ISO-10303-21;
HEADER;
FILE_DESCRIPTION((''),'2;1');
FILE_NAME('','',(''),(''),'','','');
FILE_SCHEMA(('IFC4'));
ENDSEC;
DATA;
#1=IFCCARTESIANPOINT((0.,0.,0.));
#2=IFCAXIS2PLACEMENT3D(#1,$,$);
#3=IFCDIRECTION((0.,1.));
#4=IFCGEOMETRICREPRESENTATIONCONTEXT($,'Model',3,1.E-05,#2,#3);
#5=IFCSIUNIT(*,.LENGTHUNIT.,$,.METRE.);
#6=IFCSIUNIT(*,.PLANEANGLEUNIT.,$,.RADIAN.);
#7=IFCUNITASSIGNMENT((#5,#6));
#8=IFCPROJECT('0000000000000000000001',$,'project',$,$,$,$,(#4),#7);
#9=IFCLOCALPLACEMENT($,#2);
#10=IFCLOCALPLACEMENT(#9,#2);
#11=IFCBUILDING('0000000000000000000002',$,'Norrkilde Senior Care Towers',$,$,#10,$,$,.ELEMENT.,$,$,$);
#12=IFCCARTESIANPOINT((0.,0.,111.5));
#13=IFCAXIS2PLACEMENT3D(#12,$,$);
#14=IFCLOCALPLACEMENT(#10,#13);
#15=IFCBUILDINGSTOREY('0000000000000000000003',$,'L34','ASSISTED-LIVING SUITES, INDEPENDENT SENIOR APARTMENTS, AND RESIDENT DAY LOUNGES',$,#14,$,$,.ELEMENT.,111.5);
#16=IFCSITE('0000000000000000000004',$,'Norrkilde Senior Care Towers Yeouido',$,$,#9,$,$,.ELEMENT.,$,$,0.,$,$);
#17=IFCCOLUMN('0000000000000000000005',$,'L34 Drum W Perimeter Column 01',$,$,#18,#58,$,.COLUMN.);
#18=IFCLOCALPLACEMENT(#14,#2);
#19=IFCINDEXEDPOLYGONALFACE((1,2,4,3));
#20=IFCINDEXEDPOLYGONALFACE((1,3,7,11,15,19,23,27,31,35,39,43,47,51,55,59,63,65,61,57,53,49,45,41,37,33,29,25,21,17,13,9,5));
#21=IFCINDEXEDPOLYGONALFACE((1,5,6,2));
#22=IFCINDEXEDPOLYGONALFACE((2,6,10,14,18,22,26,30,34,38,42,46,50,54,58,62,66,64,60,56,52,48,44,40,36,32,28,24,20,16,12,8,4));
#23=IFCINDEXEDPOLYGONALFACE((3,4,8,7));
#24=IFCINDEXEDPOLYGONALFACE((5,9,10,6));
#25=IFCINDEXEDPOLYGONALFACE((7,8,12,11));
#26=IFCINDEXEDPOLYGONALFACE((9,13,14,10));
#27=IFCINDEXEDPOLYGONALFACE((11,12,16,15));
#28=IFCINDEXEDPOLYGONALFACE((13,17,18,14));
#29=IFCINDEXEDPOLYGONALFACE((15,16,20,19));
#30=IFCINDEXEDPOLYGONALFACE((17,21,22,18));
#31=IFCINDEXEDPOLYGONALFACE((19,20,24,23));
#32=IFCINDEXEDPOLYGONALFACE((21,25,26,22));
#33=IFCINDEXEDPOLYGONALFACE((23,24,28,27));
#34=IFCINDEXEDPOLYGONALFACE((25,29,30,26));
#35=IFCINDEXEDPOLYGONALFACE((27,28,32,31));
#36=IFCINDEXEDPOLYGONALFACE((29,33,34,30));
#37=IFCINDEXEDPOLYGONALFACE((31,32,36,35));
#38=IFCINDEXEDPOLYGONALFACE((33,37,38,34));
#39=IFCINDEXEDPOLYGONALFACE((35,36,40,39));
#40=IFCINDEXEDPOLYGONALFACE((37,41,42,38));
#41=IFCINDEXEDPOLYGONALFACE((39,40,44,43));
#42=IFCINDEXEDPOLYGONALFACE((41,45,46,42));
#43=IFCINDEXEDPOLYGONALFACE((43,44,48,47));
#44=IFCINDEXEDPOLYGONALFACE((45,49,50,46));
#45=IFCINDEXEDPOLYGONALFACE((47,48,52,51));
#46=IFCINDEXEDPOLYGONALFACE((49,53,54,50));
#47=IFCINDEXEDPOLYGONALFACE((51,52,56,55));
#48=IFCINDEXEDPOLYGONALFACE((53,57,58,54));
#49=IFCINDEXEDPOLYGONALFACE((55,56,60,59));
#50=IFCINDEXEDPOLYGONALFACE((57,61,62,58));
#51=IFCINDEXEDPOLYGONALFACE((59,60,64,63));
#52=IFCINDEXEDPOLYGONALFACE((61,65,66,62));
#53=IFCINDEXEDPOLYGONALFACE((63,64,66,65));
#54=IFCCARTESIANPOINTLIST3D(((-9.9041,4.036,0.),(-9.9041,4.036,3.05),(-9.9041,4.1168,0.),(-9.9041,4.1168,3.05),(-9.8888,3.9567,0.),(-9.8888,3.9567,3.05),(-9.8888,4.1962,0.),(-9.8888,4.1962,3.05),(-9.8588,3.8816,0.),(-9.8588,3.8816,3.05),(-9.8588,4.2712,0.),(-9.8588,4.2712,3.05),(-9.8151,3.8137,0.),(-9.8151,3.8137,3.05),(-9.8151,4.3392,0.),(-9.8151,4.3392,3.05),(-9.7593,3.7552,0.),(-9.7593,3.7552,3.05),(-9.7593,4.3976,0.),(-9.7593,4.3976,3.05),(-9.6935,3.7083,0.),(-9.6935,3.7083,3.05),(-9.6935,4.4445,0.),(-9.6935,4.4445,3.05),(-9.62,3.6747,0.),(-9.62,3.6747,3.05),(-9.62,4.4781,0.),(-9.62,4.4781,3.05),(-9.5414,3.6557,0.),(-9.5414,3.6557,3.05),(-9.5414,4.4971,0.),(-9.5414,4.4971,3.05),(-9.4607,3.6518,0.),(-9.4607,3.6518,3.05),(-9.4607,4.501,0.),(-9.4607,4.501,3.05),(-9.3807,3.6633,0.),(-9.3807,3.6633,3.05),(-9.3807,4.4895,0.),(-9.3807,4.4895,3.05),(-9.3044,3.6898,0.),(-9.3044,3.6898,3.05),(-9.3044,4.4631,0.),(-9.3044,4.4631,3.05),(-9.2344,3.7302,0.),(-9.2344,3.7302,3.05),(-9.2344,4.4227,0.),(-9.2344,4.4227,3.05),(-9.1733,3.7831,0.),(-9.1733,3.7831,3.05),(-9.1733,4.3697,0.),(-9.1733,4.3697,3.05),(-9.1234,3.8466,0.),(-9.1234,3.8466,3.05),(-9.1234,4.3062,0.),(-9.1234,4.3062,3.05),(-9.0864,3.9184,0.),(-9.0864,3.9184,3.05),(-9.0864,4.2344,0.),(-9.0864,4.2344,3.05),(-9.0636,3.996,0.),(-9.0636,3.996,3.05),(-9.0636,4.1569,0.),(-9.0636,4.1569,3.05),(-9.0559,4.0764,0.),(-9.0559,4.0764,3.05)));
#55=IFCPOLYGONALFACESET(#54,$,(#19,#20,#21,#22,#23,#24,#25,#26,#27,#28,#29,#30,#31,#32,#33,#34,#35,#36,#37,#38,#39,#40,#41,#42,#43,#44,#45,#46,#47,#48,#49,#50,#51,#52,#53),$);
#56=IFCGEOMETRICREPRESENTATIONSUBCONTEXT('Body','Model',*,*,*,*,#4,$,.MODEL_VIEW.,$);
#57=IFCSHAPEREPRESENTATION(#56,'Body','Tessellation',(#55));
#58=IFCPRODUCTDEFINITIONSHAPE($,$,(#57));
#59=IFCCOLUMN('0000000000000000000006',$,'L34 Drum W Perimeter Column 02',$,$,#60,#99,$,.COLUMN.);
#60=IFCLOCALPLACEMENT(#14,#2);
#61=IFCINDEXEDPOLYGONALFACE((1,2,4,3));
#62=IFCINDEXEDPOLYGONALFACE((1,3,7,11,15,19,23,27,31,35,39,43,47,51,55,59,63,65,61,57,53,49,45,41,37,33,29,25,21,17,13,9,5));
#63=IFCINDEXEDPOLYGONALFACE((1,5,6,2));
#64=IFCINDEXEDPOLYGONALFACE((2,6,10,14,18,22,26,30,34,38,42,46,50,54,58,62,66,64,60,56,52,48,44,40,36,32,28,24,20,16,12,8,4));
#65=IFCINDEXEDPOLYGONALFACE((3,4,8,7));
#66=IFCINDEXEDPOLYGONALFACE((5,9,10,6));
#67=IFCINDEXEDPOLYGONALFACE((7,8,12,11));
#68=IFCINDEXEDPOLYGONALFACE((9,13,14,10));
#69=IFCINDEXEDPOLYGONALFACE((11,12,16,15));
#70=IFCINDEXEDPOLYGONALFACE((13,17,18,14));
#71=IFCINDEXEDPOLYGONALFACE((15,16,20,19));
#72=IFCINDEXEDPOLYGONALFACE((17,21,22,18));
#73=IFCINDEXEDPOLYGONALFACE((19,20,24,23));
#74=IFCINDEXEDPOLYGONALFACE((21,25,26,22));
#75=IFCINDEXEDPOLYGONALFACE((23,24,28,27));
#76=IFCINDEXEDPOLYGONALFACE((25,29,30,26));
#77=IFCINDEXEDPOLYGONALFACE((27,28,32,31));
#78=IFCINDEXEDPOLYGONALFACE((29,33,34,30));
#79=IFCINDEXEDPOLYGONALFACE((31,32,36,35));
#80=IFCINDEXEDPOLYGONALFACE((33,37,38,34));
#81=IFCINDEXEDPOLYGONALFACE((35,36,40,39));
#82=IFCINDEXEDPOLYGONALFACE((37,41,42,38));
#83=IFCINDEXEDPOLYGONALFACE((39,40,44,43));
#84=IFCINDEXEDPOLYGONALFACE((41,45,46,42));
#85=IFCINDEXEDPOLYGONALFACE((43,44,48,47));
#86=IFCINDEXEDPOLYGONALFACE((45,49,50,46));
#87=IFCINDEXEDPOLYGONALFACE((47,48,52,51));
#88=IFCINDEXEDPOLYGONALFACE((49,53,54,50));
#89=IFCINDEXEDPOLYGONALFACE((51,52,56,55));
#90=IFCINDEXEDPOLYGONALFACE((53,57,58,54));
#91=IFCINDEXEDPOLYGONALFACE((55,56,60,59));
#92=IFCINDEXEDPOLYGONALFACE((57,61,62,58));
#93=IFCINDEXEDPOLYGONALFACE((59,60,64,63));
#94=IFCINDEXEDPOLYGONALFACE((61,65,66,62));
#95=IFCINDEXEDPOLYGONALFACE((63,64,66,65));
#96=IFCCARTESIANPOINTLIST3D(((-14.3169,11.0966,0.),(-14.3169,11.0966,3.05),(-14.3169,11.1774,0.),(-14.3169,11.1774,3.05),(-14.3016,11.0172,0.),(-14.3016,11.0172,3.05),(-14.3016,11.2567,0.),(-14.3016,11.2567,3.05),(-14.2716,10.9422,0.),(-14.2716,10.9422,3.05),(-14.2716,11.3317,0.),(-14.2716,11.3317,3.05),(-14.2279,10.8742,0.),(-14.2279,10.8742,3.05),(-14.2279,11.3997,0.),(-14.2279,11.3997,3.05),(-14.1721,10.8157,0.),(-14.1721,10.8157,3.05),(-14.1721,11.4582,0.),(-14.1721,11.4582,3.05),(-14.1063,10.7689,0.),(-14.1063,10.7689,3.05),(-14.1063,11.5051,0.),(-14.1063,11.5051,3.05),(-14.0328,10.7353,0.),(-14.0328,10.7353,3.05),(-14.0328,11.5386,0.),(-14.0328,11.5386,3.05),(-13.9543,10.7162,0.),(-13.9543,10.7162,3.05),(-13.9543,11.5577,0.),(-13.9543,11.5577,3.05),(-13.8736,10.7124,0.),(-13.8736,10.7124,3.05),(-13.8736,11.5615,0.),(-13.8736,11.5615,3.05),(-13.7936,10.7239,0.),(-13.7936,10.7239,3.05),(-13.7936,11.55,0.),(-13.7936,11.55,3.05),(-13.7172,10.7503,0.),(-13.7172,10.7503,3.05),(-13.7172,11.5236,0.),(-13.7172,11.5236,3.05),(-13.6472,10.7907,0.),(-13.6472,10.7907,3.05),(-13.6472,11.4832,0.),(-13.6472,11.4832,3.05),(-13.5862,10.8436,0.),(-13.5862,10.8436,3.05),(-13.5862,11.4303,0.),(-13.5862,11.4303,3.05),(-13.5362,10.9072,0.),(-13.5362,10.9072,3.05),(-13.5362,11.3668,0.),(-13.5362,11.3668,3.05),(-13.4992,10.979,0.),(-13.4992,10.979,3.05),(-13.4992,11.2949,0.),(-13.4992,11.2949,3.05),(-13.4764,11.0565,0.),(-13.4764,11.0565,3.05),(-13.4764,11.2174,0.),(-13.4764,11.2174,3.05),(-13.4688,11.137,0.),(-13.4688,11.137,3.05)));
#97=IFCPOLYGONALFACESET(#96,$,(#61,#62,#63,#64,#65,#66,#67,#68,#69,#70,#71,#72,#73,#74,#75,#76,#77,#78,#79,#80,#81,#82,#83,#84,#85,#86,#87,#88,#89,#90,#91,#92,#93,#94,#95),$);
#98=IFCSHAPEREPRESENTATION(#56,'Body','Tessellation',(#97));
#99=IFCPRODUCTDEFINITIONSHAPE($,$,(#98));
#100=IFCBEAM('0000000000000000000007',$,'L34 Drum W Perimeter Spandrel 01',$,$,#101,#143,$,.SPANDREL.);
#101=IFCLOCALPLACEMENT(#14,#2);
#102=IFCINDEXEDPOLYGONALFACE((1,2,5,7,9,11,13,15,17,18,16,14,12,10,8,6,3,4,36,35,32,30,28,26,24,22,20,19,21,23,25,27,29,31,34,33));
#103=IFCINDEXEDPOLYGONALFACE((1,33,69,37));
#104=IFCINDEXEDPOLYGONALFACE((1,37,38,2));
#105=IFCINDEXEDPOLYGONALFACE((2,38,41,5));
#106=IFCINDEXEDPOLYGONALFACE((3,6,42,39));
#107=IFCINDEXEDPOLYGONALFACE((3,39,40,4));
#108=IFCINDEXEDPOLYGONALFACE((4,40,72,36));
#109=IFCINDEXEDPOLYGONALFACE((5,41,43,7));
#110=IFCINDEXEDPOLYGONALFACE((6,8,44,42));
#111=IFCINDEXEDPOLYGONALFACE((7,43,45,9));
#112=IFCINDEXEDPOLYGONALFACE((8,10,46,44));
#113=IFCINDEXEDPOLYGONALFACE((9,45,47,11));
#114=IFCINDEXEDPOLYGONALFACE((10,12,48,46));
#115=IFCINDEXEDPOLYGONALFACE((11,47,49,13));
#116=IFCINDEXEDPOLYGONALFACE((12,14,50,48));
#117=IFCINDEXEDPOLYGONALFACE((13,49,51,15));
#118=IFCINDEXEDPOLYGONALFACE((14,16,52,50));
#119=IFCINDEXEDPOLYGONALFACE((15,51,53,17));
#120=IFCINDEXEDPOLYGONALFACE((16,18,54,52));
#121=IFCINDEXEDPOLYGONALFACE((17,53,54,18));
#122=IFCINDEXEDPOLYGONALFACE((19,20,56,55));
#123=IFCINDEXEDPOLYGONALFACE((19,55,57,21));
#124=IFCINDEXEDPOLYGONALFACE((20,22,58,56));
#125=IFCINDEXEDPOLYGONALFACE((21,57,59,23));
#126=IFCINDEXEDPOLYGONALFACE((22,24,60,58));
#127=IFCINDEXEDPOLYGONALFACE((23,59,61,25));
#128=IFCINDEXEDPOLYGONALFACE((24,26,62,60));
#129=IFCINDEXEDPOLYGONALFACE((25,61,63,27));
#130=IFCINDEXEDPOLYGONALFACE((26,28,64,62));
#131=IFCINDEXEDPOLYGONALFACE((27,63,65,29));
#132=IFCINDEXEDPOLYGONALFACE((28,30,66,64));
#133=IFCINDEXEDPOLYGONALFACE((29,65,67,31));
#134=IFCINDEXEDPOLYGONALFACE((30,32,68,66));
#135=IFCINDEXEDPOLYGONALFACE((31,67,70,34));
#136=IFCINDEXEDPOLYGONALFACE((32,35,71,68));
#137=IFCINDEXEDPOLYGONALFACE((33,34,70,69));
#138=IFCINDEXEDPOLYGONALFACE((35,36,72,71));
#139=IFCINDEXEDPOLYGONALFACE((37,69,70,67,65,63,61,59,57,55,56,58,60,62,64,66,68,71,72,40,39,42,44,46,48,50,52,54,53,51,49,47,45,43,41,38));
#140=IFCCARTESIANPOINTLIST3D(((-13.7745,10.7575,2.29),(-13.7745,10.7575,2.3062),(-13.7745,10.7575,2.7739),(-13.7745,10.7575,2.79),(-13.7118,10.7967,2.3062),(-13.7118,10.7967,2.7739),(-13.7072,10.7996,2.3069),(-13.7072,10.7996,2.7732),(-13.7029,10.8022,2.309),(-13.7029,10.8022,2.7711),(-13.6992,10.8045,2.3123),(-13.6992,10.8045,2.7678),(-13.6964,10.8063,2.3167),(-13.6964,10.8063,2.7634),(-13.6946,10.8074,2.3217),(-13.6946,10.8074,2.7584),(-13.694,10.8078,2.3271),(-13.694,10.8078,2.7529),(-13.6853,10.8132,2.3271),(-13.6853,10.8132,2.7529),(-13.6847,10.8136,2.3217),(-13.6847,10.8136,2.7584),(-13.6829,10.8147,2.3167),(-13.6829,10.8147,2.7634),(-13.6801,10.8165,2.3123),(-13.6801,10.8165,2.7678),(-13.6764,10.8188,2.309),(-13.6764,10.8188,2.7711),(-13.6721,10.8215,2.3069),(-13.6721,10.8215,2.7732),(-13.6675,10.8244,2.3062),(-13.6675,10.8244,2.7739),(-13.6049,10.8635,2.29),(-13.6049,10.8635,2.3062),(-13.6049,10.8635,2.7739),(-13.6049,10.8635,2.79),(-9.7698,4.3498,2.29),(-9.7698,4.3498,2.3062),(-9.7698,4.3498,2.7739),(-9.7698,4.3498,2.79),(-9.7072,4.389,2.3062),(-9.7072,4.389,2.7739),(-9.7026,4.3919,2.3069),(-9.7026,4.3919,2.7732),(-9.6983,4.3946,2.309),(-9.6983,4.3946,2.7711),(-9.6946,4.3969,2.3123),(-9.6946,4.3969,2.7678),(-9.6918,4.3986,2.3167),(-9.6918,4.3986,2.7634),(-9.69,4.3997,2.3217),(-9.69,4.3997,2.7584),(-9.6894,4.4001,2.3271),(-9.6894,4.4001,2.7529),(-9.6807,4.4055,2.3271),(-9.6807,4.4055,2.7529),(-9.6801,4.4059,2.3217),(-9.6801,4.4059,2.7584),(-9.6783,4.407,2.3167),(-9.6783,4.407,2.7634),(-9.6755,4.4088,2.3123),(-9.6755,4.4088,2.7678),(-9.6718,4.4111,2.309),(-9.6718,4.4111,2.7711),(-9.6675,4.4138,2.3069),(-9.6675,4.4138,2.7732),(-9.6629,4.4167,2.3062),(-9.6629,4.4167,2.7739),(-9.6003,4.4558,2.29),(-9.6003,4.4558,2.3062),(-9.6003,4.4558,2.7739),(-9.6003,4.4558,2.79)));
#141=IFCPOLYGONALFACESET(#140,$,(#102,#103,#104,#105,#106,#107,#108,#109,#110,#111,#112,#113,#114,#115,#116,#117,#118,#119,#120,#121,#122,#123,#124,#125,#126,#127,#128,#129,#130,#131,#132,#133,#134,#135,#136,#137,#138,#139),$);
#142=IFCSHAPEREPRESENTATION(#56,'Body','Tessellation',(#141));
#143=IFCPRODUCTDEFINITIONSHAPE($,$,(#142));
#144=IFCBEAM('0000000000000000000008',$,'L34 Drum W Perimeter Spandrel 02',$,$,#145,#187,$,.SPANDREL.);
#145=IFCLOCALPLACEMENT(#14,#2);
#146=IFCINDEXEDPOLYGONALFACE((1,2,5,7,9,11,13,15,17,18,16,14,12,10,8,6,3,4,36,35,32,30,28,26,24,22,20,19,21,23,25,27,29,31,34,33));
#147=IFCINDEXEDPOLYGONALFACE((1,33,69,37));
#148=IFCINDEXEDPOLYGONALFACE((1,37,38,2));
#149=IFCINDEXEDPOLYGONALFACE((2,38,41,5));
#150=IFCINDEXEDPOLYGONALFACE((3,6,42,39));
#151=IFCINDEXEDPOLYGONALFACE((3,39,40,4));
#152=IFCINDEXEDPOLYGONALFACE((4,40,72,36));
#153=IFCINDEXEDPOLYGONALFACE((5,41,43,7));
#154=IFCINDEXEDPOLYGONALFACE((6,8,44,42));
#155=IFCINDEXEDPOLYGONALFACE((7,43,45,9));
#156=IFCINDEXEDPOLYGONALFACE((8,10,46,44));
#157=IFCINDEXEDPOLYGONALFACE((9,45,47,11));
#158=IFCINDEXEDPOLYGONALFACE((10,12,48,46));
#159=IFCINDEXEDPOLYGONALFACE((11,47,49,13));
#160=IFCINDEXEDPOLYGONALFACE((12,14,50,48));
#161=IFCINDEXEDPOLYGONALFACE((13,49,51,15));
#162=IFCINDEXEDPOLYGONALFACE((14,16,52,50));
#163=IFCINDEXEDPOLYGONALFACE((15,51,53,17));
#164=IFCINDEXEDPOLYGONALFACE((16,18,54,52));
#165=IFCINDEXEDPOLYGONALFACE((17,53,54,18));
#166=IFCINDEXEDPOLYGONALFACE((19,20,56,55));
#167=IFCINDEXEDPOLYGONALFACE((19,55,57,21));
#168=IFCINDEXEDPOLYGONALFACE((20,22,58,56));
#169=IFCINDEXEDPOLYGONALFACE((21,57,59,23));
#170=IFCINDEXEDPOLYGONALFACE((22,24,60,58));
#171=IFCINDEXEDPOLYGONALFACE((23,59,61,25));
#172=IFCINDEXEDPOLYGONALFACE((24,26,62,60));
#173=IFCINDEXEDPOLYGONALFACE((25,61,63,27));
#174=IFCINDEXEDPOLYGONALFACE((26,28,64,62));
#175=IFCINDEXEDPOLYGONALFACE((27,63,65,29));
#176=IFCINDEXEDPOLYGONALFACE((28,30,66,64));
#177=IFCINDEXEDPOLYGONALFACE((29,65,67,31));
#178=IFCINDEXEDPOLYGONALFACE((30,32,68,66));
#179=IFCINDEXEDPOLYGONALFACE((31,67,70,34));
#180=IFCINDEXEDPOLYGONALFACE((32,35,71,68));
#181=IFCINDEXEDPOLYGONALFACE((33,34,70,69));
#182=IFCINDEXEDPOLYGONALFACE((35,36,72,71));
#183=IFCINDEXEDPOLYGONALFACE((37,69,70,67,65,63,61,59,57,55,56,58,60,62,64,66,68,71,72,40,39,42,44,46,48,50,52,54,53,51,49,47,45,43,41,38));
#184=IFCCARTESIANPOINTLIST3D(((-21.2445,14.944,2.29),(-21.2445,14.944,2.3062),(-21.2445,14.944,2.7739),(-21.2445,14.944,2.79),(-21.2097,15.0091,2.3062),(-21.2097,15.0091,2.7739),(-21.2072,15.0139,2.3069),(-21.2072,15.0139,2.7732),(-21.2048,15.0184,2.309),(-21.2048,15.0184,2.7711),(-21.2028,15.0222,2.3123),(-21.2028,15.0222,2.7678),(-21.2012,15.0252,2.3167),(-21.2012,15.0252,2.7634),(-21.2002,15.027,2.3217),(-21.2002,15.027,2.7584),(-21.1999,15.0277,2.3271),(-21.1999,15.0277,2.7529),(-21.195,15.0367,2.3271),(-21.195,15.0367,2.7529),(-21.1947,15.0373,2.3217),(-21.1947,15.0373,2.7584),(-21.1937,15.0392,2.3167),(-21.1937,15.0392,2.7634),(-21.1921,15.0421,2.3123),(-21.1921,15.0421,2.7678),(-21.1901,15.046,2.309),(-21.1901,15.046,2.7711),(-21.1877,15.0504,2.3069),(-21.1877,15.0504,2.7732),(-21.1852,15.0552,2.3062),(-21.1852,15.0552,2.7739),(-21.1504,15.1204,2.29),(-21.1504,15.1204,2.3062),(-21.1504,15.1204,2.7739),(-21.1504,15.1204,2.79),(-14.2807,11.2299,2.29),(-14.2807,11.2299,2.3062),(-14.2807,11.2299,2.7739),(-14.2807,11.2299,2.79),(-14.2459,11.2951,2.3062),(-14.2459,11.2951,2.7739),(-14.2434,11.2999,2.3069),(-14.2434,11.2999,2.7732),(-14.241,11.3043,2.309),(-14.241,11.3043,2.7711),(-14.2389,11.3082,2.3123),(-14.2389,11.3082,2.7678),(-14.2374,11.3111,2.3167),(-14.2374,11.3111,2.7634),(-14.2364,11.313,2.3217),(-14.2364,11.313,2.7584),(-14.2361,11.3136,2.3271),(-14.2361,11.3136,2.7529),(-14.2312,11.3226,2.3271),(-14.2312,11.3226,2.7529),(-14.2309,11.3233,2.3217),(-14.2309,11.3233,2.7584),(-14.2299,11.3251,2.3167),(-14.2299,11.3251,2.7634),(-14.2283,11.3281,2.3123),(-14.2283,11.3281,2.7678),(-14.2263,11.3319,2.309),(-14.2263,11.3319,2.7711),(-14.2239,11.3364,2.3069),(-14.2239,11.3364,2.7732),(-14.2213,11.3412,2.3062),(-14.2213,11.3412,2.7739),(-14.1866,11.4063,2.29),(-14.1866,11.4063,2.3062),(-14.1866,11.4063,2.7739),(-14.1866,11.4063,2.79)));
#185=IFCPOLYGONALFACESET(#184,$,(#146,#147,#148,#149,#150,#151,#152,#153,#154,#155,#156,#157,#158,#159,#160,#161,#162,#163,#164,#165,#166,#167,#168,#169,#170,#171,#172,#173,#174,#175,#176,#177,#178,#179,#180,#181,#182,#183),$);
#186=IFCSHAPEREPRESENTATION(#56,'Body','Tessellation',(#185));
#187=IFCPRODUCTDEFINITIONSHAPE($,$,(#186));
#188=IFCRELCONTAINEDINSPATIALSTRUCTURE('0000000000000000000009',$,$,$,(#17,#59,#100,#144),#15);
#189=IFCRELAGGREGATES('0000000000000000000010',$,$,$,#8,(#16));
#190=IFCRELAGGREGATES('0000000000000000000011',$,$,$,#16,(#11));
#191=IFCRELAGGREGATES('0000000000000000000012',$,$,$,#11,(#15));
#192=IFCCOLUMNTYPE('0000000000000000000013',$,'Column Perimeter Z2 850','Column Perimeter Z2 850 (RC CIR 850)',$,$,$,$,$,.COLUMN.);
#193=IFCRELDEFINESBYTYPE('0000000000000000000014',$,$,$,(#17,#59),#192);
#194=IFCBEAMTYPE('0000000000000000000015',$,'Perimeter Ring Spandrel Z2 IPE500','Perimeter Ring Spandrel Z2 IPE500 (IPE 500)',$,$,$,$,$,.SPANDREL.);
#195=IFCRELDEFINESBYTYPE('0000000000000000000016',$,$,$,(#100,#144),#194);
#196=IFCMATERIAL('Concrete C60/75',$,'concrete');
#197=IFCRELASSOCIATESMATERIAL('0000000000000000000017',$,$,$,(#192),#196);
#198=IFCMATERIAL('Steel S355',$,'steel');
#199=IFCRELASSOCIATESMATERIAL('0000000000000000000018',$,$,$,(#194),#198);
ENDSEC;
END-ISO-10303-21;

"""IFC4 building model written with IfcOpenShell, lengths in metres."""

from ifc_helpers import new_model, si_unit, direction, frame, origin, origin_2d, place, context, subcontext, project, spatial, circle, i_section, extrude, source, transform, mapped, material, material_profile, profile_set, type_object, type_shapes, element, save


model = new_model("IFC4")

# Units and contexts
model_context = context("Model", 3, precision=1e-05, world=origin(), true_north=direction((0.0, 1.0)))
body_context = subcontext(model_context, "Body", "Model", "MODEL_VIEW")
ifc_project = project(units=[si_unit("LENGTHUNIT", "METRE"), si_unit("PLANEANGLEUNIT", "RADIAN")], contexts=[model_context])

# Site, building, storey
site_placement = place(None, origin())
site = spatial("IfcSite", under=ifc_project, at=site_placement, Name="Norrkilde Senior Care Towers Yeouido", CompositionType="ELEMENT", RefElevation=0.0)
building_placement = place(site_placement, origin())
building = spatial("IfcBuilding", under=site, at=building_placement, Name="Norrkilde Senior Care Towers", CompositionType="ELEMENT")
storey_placement = place(building_placement, frame((0.0, 0.0, 111.5)))
storey = spatial("IfcBuildingStorey", under=building, at=storey_placement, Name="L34", Description="ASSISTED-LIVING SUITES, INDEPENDENT SENIOR APARTMENTS, AND RESIDENT DAY LOUNGES", CompositionType="ELEMENT", Elevation=111.5)

# Columns
ifc_material_1 = material(Name="Concrete C60/75", Category="concrete")
ifc_material_profile_1 = material_profile(ifc_material_1, circle(Radius=0.425, at=origin_2d()), Name="RC CIR 850")
ifc_profile_set_1 = profile_set([ifc_material_profile_1], Name="Concrete C60/75")
column_type = type_object("IfcColumnType", Name="Column Perimeter Z2 850", Description="Column Perimeter Z2 850 (RC CIR 850)", PredefinedType="COLUMN", material=ifc_profile_set_1)
shared_shape_1 = source(origin(), body_context, "Body", "SweptSolid", [
    extrude(circle(Radius=0.425, at=origin_2d()), origin(), (0.0, 0.0, 1.0), 3.05),
])
type_shapes(column_type, [shared_shape_1])
for number, where, z_axis, x_axis, name in (
    (1, (-9.481, 4.0764, 0.0), (0.0, 0.0, 1.0), (1.0, 0.0, 0.0), "L34 Drum W Perimeter Column 01"),
    (2, (-13.8938, 11.137, 0.0), (0.0, 0.0, 1.0), (1.0, 0.0, 0.0), "L34 Drum W Perimeter Column 02"),
):
    element("IfcColumn", number, at=place(storey_placement, frame(where, z_axis=z_axis, x_axis=x_axis)), inside=storey, type_object=column_type, Name=name, PredefinedType="COLUMN", context=body_context, shape_type="MappedRepresentation", body=[
        mapped(shared_shape_1, transform((0.0, 0.0, 0.0), x_axis=(1.0, 0.0, 0.0), y_axis=(0.0, 1.0, 0.0), z_axis=(0.0, 0.0, 1.0), scale=1.0)),
    ])

# Beams
ifc_material_2 = material(Name="Steel S355", Category="steel")
ifc_material_profile_2 = material_profile(ifc_material_2, i_section(OverallWidth=0.2, OverallDepth=0.5, WebThickness=0.0103, FlangeThickness=0.0161, FilletRadius=0.021, at=origin_2d()), Name="IPE 500")
ifc_profile_set_2 = profile_set([ifc_material_profile_2], Name="Steel S355")
beam_type_1 = type_object("IfcBeamType", Name="Perimeter Ring Spandrel Z2 IPE500", Description="Perimeter Ring Spandrel Z2 IPE500 (IPE 500)", PredefinedType="SPANDREL", material=ifc_profile_set_2)
shared_shape_2 = source(origin(), body_context, "Body", "SweptSolid", [
    extrude(i_section(OverallWidth=0.2, OverallDepth=0.5, WebThickness=0.0103, FlangeThickness=0.0161, FilletRadius=0.021, at=origin_2d()), origin(), (0.0, 0.0, 1.0), 7.5562),
])
beam_1_placement = place(storey_placement, frame((-9.6851, 4.4028, 2.54), z_axis=(-0.529982, 0.848009, 0.0), x_axis=(-0.848009, -0.529982, 0.0)))
element("IfcBeam", 3, at=beam_1_placement, inside=storey, type_object=beam_type_1, Name="L34 Drum W Perimeter Spandrel 01", PredefinedType="SPANDREL", context=body_context, shape_type="MappedRepresentation", body=[
    mapped(shared_shape_2, transform((0.0, 0.0, 0.0), x_axis=(1.0, 0.0, 0.0), y_axis=(0.0, 1.0, 0.0), z_axis=(0.0, 0.0, 1.0), scale=1.0)),
])
shared_shape_3 = source(origin(), body_context, "Body", "SweptSolid", [
    extrude(i_section(OverallWidth=0.2, OverallDepth=0.5, WebThickness=0.0103, FlangeThickness=0.0161, FilletRadius=0.021, at=origin_2d()), origin(), (0.0, 0.0, 1.0), 7.8923),
])
type_shapes(beam_type_1, [shared_shape_2, shared_shape_3])
beam_2_placement = place(storey_placement, frame((-14.2336, 11.3181, 2.54), z_axis=(-0.88235, 0.470593, 0.0), x_axis=(-0.470593, -0.88235, 0.0)))
element("IfcBeam", 4, at=beam_2_placement, inside=storey, type_object=beam_type_1, Name="L34 Drum W Perimeter Spandrel 02", PredefinedType="SPANDREL", context=body_context, shape_type="MappedRepresentation", body=[
    mapped(shared_shape_3, transform((0.0, 0.0, 0.0), x_axis=(1.0, 0.0, 0.0), y_axis=(0.0, 1.0, 0.0), z_axis=(0.0, 0.0, 1.0), scale=1.0)),
])

save(model, "model.ifc")
